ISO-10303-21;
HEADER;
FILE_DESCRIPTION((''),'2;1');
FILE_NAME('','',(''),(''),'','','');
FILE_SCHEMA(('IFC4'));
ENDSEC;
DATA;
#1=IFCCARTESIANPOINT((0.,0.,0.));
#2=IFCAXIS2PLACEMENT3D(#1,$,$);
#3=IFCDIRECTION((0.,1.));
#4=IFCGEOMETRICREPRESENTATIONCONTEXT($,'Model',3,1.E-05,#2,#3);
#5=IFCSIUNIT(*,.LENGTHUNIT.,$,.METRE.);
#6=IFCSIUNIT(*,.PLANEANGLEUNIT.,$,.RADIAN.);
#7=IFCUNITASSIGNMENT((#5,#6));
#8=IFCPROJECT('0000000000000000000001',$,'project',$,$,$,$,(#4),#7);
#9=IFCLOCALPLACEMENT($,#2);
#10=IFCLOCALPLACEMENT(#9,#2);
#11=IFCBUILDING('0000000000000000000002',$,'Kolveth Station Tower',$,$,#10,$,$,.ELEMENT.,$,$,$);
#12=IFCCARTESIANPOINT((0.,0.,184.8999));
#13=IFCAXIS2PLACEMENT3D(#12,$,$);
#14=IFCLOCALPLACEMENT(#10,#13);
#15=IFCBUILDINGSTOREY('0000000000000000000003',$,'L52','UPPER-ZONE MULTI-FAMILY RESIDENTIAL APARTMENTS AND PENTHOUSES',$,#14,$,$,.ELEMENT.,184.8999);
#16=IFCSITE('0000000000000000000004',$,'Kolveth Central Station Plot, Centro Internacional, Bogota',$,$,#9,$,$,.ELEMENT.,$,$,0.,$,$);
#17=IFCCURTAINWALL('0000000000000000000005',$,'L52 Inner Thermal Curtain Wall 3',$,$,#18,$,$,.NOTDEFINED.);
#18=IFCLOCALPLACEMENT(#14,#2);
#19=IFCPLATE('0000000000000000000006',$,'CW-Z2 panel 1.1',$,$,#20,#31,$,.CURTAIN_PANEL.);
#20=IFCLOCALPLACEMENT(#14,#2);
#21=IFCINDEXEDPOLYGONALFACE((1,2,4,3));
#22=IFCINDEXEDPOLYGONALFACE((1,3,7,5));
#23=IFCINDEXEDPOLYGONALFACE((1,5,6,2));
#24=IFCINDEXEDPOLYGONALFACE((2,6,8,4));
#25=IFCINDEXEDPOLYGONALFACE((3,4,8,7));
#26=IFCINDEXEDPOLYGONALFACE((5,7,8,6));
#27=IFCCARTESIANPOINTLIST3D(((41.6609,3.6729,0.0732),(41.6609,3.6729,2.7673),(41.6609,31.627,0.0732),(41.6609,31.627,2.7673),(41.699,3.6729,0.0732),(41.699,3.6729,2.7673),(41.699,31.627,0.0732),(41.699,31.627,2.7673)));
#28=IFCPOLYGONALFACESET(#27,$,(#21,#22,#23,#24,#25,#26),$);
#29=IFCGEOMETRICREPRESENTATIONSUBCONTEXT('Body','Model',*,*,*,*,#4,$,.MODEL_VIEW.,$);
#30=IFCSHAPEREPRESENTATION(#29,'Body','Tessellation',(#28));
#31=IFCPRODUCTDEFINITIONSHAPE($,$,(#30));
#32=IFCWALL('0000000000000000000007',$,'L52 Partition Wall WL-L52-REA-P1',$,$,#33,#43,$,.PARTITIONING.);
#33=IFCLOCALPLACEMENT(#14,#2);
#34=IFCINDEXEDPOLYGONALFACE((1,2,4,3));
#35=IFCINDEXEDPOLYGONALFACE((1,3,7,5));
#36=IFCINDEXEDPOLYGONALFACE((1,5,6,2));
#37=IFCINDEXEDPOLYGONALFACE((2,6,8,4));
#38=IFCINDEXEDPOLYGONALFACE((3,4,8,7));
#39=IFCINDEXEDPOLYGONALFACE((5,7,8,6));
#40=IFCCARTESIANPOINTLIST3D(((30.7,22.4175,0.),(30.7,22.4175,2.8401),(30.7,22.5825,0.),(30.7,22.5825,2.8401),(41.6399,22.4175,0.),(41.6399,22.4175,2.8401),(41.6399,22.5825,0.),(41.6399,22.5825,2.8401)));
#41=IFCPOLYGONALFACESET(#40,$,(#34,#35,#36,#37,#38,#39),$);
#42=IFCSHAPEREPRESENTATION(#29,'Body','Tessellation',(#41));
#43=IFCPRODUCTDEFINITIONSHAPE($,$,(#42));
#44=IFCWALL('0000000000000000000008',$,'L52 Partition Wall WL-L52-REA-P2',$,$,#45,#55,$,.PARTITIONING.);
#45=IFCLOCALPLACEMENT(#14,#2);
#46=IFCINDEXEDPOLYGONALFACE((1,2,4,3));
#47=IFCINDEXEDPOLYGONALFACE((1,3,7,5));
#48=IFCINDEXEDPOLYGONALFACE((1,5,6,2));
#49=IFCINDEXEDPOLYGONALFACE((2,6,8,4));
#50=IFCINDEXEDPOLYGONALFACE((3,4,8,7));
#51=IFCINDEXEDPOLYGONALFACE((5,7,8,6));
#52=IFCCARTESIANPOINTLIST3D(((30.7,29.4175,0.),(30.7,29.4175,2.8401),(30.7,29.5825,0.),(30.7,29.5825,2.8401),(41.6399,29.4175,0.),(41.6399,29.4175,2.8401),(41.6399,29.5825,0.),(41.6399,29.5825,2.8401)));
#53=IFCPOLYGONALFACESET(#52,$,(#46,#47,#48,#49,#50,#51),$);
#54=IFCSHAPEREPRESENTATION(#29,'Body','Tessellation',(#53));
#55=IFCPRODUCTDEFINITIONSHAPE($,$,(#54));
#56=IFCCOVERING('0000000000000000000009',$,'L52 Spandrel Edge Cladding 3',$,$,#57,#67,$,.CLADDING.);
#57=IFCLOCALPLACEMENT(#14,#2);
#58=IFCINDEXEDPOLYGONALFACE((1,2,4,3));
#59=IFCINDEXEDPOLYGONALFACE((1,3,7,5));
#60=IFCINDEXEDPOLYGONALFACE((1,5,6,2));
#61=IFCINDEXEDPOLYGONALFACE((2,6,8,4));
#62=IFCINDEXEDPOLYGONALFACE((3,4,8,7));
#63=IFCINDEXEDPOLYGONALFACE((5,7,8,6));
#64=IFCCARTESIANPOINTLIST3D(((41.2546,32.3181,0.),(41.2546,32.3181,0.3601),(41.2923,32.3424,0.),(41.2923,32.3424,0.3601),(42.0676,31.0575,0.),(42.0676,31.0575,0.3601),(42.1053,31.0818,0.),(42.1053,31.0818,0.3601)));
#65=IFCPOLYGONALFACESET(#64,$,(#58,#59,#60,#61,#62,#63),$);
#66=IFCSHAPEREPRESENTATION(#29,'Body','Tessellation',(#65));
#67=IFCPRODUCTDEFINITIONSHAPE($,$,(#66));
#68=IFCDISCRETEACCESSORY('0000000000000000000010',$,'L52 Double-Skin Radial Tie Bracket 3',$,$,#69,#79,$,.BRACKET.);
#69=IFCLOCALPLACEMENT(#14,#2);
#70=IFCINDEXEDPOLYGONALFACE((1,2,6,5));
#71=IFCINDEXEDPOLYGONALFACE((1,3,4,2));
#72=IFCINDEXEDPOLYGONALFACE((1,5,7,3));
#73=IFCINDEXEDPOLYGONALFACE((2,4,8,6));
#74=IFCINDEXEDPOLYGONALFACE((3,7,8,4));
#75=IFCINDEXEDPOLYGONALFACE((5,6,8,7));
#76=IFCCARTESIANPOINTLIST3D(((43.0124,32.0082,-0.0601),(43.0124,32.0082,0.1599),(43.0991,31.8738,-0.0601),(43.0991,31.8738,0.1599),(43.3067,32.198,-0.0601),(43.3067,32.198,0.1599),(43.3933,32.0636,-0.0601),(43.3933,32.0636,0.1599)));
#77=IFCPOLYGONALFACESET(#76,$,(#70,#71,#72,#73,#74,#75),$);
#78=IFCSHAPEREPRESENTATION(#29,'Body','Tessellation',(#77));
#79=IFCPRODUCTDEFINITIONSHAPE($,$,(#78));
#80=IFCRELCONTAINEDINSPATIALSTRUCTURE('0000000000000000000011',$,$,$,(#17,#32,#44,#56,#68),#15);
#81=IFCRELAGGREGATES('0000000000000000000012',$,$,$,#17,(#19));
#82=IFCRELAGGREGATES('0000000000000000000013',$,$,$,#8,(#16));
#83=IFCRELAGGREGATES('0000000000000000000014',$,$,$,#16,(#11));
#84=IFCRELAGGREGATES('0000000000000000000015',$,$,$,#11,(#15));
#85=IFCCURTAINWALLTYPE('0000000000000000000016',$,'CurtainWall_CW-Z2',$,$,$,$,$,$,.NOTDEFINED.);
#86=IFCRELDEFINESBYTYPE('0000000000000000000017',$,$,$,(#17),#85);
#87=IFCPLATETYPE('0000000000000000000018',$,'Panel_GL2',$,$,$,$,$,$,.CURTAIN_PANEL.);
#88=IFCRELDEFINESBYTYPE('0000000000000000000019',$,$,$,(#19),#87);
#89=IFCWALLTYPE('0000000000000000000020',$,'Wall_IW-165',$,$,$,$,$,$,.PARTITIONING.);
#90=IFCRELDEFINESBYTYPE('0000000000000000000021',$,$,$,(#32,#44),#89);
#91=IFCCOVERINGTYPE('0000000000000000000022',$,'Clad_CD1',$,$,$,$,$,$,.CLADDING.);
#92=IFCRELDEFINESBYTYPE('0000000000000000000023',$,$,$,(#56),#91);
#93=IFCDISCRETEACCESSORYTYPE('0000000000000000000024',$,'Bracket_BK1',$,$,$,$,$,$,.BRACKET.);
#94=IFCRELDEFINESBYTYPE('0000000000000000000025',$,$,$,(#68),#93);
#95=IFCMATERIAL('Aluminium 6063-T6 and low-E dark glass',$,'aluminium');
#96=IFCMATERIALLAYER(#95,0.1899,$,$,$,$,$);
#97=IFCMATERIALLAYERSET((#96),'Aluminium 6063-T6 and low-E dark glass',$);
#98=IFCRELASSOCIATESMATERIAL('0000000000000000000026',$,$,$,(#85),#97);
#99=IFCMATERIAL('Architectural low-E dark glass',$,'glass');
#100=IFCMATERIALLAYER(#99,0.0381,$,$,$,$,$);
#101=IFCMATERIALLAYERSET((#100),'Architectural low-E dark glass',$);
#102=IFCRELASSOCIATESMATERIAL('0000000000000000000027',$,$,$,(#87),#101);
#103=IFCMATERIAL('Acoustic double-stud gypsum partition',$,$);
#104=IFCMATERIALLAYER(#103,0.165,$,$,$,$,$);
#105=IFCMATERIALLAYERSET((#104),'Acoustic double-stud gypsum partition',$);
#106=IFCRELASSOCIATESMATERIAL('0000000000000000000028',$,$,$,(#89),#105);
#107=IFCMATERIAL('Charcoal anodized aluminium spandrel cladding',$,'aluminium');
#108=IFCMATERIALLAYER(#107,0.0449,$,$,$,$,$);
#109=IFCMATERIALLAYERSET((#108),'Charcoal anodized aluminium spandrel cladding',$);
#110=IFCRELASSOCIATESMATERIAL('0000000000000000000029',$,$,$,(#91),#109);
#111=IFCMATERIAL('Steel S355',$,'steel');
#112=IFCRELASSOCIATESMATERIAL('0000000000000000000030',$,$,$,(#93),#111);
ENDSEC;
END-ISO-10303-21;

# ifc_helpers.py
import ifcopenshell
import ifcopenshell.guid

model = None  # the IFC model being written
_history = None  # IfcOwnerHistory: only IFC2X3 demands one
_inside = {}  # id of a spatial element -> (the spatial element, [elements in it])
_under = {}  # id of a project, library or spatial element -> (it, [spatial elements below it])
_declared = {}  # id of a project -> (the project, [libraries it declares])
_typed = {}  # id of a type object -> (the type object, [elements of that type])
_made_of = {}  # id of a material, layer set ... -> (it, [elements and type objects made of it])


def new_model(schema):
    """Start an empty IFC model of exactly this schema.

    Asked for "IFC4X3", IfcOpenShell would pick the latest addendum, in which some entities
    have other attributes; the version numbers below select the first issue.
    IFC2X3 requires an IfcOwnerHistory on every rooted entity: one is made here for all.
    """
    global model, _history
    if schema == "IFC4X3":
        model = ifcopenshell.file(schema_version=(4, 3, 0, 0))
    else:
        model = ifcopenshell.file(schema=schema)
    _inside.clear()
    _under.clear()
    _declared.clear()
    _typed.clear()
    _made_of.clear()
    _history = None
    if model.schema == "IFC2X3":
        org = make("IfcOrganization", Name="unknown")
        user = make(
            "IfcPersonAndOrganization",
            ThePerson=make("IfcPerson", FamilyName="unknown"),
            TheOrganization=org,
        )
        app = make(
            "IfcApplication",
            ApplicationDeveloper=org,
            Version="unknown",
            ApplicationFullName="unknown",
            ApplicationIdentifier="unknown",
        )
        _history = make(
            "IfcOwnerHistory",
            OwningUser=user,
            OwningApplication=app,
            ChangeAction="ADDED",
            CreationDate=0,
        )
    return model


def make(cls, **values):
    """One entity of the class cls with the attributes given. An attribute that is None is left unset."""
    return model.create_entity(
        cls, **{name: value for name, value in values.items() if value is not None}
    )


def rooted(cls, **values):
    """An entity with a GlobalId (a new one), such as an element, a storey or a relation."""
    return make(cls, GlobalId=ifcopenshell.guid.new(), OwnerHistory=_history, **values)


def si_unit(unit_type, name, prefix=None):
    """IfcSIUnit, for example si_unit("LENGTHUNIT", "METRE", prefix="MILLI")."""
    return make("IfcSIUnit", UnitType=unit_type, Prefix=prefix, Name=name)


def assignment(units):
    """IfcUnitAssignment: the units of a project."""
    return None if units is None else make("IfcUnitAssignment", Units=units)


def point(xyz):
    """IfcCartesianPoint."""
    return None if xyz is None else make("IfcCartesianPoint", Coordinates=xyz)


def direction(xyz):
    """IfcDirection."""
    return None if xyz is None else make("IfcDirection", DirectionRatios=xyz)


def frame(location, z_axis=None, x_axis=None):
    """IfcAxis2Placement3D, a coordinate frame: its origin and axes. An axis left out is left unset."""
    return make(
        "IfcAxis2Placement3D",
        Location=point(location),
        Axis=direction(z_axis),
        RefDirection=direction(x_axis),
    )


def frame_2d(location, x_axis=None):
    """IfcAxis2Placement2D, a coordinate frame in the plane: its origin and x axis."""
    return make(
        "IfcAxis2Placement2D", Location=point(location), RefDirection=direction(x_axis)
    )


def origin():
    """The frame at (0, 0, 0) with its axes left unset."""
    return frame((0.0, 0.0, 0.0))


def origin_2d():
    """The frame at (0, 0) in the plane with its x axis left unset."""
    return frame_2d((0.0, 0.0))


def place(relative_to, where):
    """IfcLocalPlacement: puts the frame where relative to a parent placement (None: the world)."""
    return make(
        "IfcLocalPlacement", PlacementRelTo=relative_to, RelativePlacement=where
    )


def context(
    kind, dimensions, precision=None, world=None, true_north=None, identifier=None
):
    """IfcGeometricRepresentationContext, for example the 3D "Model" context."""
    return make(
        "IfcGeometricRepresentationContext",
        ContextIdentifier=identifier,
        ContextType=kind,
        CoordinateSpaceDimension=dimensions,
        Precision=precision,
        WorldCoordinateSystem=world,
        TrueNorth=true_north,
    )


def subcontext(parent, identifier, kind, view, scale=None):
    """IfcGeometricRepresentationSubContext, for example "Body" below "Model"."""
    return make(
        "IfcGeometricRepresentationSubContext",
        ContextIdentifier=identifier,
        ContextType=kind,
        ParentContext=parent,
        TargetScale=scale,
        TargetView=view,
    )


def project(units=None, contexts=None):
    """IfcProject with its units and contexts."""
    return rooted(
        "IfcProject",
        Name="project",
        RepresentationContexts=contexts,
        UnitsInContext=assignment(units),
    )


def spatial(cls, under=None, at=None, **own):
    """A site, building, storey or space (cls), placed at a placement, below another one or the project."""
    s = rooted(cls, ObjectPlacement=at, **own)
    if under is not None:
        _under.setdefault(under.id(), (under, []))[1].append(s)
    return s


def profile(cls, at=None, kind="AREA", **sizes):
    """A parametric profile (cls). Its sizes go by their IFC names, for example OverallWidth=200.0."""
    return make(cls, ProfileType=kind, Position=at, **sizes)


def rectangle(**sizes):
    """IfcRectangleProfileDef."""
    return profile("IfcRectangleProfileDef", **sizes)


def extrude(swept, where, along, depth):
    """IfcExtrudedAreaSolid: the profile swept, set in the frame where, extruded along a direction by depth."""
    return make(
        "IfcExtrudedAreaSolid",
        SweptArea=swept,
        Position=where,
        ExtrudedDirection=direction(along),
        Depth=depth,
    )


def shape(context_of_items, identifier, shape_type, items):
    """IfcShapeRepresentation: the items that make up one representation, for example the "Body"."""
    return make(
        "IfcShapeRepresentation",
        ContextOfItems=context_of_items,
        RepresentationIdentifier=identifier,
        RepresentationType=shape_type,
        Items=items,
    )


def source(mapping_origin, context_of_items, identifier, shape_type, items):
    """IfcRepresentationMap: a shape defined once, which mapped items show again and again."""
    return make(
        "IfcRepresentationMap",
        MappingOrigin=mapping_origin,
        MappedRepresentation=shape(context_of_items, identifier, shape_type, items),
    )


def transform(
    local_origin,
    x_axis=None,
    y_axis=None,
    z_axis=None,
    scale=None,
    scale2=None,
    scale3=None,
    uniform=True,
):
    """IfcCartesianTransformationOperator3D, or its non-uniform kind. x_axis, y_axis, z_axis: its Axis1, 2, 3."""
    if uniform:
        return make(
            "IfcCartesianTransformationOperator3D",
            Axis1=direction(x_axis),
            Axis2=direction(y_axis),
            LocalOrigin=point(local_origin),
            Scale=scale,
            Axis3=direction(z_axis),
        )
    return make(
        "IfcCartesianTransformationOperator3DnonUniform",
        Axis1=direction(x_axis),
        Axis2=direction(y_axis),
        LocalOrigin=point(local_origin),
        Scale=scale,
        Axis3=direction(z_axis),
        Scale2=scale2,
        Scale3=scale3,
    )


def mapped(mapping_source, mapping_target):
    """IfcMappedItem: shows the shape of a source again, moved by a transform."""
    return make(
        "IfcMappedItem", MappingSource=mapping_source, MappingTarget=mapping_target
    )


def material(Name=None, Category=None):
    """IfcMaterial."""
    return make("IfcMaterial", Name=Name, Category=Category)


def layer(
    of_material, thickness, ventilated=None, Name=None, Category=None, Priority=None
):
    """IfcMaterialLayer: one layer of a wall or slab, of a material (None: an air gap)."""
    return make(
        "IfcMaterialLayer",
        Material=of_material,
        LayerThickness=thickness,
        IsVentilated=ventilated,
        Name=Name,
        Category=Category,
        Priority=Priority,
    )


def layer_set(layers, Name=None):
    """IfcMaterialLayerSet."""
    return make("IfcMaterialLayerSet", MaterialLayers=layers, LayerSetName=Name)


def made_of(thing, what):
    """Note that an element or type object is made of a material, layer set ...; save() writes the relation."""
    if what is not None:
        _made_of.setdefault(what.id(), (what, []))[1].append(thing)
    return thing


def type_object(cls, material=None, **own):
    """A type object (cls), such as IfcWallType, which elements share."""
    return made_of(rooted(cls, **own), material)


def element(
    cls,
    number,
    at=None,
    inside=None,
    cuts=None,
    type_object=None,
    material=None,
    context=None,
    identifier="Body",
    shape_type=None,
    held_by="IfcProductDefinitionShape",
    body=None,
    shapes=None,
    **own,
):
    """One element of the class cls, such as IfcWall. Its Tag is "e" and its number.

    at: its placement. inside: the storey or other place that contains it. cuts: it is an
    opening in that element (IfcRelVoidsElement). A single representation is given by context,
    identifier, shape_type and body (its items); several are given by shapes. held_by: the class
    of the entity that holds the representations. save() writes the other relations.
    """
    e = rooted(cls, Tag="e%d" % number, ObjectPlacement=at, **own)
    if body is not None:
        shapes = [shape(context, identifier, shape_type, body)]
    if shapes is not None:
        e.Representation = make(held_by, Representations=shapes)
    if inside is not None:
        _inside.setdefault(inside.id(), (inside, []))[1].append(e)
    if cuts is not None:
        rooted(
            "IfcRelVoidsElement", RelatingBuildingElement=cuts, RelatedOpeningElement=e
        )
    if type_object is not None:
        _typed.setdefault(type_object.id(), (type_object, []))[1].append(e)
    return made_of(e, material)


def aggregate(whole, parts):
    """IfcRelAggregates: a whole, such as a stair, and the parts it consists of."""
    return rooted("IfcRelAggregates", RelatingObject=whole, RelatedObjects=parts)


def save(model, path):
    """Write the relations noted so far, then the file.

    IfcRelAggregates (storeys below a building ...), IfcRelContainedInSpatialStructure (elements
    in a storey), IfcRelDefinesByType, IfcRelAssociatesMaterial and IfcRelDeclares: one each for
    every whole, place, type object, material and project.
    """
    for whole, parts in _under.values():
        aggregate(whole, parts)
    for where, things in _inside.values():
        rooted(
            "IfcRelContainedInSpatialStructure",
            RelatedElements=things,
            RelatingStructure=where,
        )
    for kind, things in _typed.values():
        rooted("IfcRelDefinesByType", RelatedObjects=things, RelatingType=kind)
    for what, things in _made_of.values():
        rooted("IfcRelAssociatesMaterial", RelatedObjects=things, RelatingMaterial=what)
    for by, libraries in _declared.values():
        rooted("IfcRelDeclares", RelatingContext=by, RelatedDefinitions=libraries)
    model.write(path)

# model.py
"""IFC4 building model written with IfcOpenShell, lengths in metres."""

from ifc_helpers import new_model, si_unit, direction, frame, frame_2d, origin, origin_2d, place, context, subcontext, project, spatial, rectangle, extrude, source, transform, mapped, material, layer, layer_set, type_object, element, aggregate, save


model = new_model("IFC4")

# Units and contexts
model_context = context("Model", 3, precision=1e-05, world=origin(), true_north=direction((0.0, 1.0)))
body_context = subcontext(model_context, "Body", "Model", "MODEL_VIEW")
ifc_project = project(units=[si_unit("LENGTHUNIT", "METRE"), si_unit("PLANEANGLEUNIT", "RADIAN")], contexts=[model_context])

# Site, building, storey
site_placement = place(None, origin())
site = spatial("IfcSite", under=ifc_project, at=site_placement, Name="Kolveth Central Station Plot, Centro Internacional, Bogota", CompositionType="ELEMENT", RefElevation=0.0)
building_placement = place(site_placement, origin())
building = spatial("IfcBuilding", under=site, at=building_placement, Name="Kolveth Station Tower", CompositionType="ELEMENT")
storey_placement = place(building_placement, frame((0.0, 0.0, 184.8999)))
storey = spatial("IfcBuildingStorey", under=building, at=storey_placement, Name="L52", Description="UPPER-ZONE MULTI-FAMILY RESIDENTIAL APARTMENTS AND PENTHOUSES", CompositionType="ELEMENT", Elevation=184.8999)

# Shared definitions
ifc_material_1 = material(Name="Steel S355", Category="steel")

# Curtain wall
ifc_material_2 = material(Name="Aluminium 6063-T6 and low-E dark glass", Category="aluminium")
ifc_layer_1 = layer(ifc_material_2, 0.1899)
ifc_layer_set_1 = layer_set([ifc_layer_1], Name="Aluminium 6063-T6 and low-E dark glass")
curtain_wall_type = type_object("IfcCurtainWallType", Name="CurtainWall_CW-Z2", PredefinedType="NOTDEFINED", material=ifc_layer_set_1)
curtain_wall_1_placement = place(storey_placement, origin())
curtain_wall_1 = element("IfcCurtainWall", 1, at=curtain_wall_1_placement, inside=storey, type_object=curtain_wall_type, Name="L52 Inner Thermal Curtain Wall 3", PredefinedType="NOTDEFINED")

# Plate
ifc_material_3 = material(Name="Architectural low-E dark glass", Category="glass")
ifc_layer_2 = layer(ifc_material_3, 0.0381)
ifc_layer_set_2 = layer_set([ifc_layer_2], Name="Architectural low-E dark glass")
plate_type = type_object("IfcPlateType", Name="Panel_GL2", PredefinedType="CURTAIN_PANEL", material=ifc_layer_set_2)
shared_shape_1 = source(origin(), body_context, "Body", "SweptSolid", [
    extrude(rectangle(XDim=27.9541, YDim=0.0381, at=origin_2d()), origin(), (0.0, 0.0, 1.0), 2.6941),
])
plate_placement = place(storey_placement, frame((41.6799, 17.6499, 0.0732), z_axis=(0.0, 0.0, 1.0), x_axis=(0.0, 1.0, 0.0)))
plate = element("IfcPlate", 2, at=plate_placement, type_object=plate_type, Name="CW-Z2 panel 1.1", PredefinedType="CURTAIN_PANEL", context=body_context, shape_type="MappedRepresentation", body=[
    mapped(shared_shape_1, transform((0.0, 0.0, 0.0), x_axis=(1.0, 0.0, 0.0), y_axis=(0.0, 1.0, 0.0), z_axis=(0.0, 0.0, 1.0), scale=1.0)),
])
aggregate(curtain_wall_1, [plate])

# Walls
ifc_material_4 = material(Name="Acoustic double-stud gypsum partition")
ifc_layer_3 = layer(ifc_material_4, 0.165)
ifc_layer_set_3 = layer_set([ifc_layer_3], Name="Acoustic double-stud gypsum partition")
wall_type = type_object("IfcWallType", Name="Wall_IW-165", PredefinedType="PARTITIONING", material=ifc_layer_set_3)
for number, where, z_axis, x_axis, name in (
    (3, (30.7, 22.5, 0.0), (0.0, 0.0, 1.0), (1.0, 0.0, 0.0), "L52 Partition Wall WL-L52-REA-P1"),
    (4, (30.7, 29.5, 0.0), (0.0, 0.0, 1.0), (1.0, 0.0, 0.0), "L52 Partition Wall WL-L52-REA-P2"),
):
    element("IfcWall", number, at=place(storey_placement, frame(where, z_axis=z_axis, x_axis=x_axis)), inside=storey, type_object=wall_type, Name=name, PredefinedType="PARTITIONING", context=body_context, shape_type="SweptSolid", body=[
        extrude(rectangle(XDim=10.9399, YDim=0.165, at=frame_2d((5.47, 0.0))), origin(), (0.0, 0.0, 1.0), 2.8401),
    ])

# Covering
ifc_material_5 = material(Name="Charcoal anodized aluminium spandrel cladding", Category="aluminium")
ifc_layer_4 = layer(ifc_material_5, 0.0449)
ifc_layer_set_4 = layer_set([ifc_layer_4], Name="Charcoal anodized aluminium spandrel cladding")
covering_type = type_object("IfcCoveringType", Name="Clad_CD1", PredefinedType="CLADDING", material=ifc_layer_set_4)
shared_shape_2 = source(origin(), body_context, "Body", "SweptSolid", [
    extrude(rectangle(XDim=1.5, YDim=0.0449, at=origin_2d()), origin(), (0.0, 0.0, 1.0), 0.3601),
])
covering_placement = place(storey_placement, frame((41.6799, 31.7, 0.0), z_axis=(0.0, 0.0, 1.0), x_axis=(-0.542002, 0.840377, 0.0)))
element("IfcCovering", 5, at=covering_placement, inside=storey, type_object=covering_type, Name="L52 Spandrel Edge Cladding 3", PredefinedType="CLADDING", context=body_context, shape_type="MappedRepresentation", body=[
    mapped(shared_shape_2, transform((0.0, 0.0, 0.0), x_axis=(1.0, 0.0, 0.0), y_axis=(0.0, 1.0, 0.0), z_axis=(0.0, 0.0, 1.0), scale=1.0)),
])

# Discrete accessory
discrete_accessory_type = type_object("IfcDiscreteAccessoryType", Name="Bracket_BK1", PredefinedType="BRACKET", material=ifc_material_1)
shared_shape_3 = source(origin(), body_context, "Body", "SweptSolid", [
    extrude(rectangle(XDim=0.3501, YDim=0.1599, at=origin_2d()), origin(), (0.0, 0.0, 1.0), 0.22),
])
discrete_accessory_placement = place(storey_placement, frame((43.2029, 32.0359, -0.0601), z_axis=(0.0, 0.0, 1.0), x_axis=(0.840377, 0.542002, 0.0)))
element("IfcDiscreteAccessory", 6, at=discrete_accessory_placement, inside=storey, type_object=discrete_accessory_type, Name="L52 Double-Skin Radial Tie Bracket 3", PredefinedType="BRACKET", context=body_context, shape_type="MappedRepresentation", body=[
    mapped(shared_shape_3, transform((0.0, 0.0, 0.0), x_axis=(1.0, 0.0, 0.0), y_axis=(0.0, 1.0, 0.0), z_axis=(0.0, 0.0, 1.0), scale=1.0)),
])

save(model, "model.ifc")
